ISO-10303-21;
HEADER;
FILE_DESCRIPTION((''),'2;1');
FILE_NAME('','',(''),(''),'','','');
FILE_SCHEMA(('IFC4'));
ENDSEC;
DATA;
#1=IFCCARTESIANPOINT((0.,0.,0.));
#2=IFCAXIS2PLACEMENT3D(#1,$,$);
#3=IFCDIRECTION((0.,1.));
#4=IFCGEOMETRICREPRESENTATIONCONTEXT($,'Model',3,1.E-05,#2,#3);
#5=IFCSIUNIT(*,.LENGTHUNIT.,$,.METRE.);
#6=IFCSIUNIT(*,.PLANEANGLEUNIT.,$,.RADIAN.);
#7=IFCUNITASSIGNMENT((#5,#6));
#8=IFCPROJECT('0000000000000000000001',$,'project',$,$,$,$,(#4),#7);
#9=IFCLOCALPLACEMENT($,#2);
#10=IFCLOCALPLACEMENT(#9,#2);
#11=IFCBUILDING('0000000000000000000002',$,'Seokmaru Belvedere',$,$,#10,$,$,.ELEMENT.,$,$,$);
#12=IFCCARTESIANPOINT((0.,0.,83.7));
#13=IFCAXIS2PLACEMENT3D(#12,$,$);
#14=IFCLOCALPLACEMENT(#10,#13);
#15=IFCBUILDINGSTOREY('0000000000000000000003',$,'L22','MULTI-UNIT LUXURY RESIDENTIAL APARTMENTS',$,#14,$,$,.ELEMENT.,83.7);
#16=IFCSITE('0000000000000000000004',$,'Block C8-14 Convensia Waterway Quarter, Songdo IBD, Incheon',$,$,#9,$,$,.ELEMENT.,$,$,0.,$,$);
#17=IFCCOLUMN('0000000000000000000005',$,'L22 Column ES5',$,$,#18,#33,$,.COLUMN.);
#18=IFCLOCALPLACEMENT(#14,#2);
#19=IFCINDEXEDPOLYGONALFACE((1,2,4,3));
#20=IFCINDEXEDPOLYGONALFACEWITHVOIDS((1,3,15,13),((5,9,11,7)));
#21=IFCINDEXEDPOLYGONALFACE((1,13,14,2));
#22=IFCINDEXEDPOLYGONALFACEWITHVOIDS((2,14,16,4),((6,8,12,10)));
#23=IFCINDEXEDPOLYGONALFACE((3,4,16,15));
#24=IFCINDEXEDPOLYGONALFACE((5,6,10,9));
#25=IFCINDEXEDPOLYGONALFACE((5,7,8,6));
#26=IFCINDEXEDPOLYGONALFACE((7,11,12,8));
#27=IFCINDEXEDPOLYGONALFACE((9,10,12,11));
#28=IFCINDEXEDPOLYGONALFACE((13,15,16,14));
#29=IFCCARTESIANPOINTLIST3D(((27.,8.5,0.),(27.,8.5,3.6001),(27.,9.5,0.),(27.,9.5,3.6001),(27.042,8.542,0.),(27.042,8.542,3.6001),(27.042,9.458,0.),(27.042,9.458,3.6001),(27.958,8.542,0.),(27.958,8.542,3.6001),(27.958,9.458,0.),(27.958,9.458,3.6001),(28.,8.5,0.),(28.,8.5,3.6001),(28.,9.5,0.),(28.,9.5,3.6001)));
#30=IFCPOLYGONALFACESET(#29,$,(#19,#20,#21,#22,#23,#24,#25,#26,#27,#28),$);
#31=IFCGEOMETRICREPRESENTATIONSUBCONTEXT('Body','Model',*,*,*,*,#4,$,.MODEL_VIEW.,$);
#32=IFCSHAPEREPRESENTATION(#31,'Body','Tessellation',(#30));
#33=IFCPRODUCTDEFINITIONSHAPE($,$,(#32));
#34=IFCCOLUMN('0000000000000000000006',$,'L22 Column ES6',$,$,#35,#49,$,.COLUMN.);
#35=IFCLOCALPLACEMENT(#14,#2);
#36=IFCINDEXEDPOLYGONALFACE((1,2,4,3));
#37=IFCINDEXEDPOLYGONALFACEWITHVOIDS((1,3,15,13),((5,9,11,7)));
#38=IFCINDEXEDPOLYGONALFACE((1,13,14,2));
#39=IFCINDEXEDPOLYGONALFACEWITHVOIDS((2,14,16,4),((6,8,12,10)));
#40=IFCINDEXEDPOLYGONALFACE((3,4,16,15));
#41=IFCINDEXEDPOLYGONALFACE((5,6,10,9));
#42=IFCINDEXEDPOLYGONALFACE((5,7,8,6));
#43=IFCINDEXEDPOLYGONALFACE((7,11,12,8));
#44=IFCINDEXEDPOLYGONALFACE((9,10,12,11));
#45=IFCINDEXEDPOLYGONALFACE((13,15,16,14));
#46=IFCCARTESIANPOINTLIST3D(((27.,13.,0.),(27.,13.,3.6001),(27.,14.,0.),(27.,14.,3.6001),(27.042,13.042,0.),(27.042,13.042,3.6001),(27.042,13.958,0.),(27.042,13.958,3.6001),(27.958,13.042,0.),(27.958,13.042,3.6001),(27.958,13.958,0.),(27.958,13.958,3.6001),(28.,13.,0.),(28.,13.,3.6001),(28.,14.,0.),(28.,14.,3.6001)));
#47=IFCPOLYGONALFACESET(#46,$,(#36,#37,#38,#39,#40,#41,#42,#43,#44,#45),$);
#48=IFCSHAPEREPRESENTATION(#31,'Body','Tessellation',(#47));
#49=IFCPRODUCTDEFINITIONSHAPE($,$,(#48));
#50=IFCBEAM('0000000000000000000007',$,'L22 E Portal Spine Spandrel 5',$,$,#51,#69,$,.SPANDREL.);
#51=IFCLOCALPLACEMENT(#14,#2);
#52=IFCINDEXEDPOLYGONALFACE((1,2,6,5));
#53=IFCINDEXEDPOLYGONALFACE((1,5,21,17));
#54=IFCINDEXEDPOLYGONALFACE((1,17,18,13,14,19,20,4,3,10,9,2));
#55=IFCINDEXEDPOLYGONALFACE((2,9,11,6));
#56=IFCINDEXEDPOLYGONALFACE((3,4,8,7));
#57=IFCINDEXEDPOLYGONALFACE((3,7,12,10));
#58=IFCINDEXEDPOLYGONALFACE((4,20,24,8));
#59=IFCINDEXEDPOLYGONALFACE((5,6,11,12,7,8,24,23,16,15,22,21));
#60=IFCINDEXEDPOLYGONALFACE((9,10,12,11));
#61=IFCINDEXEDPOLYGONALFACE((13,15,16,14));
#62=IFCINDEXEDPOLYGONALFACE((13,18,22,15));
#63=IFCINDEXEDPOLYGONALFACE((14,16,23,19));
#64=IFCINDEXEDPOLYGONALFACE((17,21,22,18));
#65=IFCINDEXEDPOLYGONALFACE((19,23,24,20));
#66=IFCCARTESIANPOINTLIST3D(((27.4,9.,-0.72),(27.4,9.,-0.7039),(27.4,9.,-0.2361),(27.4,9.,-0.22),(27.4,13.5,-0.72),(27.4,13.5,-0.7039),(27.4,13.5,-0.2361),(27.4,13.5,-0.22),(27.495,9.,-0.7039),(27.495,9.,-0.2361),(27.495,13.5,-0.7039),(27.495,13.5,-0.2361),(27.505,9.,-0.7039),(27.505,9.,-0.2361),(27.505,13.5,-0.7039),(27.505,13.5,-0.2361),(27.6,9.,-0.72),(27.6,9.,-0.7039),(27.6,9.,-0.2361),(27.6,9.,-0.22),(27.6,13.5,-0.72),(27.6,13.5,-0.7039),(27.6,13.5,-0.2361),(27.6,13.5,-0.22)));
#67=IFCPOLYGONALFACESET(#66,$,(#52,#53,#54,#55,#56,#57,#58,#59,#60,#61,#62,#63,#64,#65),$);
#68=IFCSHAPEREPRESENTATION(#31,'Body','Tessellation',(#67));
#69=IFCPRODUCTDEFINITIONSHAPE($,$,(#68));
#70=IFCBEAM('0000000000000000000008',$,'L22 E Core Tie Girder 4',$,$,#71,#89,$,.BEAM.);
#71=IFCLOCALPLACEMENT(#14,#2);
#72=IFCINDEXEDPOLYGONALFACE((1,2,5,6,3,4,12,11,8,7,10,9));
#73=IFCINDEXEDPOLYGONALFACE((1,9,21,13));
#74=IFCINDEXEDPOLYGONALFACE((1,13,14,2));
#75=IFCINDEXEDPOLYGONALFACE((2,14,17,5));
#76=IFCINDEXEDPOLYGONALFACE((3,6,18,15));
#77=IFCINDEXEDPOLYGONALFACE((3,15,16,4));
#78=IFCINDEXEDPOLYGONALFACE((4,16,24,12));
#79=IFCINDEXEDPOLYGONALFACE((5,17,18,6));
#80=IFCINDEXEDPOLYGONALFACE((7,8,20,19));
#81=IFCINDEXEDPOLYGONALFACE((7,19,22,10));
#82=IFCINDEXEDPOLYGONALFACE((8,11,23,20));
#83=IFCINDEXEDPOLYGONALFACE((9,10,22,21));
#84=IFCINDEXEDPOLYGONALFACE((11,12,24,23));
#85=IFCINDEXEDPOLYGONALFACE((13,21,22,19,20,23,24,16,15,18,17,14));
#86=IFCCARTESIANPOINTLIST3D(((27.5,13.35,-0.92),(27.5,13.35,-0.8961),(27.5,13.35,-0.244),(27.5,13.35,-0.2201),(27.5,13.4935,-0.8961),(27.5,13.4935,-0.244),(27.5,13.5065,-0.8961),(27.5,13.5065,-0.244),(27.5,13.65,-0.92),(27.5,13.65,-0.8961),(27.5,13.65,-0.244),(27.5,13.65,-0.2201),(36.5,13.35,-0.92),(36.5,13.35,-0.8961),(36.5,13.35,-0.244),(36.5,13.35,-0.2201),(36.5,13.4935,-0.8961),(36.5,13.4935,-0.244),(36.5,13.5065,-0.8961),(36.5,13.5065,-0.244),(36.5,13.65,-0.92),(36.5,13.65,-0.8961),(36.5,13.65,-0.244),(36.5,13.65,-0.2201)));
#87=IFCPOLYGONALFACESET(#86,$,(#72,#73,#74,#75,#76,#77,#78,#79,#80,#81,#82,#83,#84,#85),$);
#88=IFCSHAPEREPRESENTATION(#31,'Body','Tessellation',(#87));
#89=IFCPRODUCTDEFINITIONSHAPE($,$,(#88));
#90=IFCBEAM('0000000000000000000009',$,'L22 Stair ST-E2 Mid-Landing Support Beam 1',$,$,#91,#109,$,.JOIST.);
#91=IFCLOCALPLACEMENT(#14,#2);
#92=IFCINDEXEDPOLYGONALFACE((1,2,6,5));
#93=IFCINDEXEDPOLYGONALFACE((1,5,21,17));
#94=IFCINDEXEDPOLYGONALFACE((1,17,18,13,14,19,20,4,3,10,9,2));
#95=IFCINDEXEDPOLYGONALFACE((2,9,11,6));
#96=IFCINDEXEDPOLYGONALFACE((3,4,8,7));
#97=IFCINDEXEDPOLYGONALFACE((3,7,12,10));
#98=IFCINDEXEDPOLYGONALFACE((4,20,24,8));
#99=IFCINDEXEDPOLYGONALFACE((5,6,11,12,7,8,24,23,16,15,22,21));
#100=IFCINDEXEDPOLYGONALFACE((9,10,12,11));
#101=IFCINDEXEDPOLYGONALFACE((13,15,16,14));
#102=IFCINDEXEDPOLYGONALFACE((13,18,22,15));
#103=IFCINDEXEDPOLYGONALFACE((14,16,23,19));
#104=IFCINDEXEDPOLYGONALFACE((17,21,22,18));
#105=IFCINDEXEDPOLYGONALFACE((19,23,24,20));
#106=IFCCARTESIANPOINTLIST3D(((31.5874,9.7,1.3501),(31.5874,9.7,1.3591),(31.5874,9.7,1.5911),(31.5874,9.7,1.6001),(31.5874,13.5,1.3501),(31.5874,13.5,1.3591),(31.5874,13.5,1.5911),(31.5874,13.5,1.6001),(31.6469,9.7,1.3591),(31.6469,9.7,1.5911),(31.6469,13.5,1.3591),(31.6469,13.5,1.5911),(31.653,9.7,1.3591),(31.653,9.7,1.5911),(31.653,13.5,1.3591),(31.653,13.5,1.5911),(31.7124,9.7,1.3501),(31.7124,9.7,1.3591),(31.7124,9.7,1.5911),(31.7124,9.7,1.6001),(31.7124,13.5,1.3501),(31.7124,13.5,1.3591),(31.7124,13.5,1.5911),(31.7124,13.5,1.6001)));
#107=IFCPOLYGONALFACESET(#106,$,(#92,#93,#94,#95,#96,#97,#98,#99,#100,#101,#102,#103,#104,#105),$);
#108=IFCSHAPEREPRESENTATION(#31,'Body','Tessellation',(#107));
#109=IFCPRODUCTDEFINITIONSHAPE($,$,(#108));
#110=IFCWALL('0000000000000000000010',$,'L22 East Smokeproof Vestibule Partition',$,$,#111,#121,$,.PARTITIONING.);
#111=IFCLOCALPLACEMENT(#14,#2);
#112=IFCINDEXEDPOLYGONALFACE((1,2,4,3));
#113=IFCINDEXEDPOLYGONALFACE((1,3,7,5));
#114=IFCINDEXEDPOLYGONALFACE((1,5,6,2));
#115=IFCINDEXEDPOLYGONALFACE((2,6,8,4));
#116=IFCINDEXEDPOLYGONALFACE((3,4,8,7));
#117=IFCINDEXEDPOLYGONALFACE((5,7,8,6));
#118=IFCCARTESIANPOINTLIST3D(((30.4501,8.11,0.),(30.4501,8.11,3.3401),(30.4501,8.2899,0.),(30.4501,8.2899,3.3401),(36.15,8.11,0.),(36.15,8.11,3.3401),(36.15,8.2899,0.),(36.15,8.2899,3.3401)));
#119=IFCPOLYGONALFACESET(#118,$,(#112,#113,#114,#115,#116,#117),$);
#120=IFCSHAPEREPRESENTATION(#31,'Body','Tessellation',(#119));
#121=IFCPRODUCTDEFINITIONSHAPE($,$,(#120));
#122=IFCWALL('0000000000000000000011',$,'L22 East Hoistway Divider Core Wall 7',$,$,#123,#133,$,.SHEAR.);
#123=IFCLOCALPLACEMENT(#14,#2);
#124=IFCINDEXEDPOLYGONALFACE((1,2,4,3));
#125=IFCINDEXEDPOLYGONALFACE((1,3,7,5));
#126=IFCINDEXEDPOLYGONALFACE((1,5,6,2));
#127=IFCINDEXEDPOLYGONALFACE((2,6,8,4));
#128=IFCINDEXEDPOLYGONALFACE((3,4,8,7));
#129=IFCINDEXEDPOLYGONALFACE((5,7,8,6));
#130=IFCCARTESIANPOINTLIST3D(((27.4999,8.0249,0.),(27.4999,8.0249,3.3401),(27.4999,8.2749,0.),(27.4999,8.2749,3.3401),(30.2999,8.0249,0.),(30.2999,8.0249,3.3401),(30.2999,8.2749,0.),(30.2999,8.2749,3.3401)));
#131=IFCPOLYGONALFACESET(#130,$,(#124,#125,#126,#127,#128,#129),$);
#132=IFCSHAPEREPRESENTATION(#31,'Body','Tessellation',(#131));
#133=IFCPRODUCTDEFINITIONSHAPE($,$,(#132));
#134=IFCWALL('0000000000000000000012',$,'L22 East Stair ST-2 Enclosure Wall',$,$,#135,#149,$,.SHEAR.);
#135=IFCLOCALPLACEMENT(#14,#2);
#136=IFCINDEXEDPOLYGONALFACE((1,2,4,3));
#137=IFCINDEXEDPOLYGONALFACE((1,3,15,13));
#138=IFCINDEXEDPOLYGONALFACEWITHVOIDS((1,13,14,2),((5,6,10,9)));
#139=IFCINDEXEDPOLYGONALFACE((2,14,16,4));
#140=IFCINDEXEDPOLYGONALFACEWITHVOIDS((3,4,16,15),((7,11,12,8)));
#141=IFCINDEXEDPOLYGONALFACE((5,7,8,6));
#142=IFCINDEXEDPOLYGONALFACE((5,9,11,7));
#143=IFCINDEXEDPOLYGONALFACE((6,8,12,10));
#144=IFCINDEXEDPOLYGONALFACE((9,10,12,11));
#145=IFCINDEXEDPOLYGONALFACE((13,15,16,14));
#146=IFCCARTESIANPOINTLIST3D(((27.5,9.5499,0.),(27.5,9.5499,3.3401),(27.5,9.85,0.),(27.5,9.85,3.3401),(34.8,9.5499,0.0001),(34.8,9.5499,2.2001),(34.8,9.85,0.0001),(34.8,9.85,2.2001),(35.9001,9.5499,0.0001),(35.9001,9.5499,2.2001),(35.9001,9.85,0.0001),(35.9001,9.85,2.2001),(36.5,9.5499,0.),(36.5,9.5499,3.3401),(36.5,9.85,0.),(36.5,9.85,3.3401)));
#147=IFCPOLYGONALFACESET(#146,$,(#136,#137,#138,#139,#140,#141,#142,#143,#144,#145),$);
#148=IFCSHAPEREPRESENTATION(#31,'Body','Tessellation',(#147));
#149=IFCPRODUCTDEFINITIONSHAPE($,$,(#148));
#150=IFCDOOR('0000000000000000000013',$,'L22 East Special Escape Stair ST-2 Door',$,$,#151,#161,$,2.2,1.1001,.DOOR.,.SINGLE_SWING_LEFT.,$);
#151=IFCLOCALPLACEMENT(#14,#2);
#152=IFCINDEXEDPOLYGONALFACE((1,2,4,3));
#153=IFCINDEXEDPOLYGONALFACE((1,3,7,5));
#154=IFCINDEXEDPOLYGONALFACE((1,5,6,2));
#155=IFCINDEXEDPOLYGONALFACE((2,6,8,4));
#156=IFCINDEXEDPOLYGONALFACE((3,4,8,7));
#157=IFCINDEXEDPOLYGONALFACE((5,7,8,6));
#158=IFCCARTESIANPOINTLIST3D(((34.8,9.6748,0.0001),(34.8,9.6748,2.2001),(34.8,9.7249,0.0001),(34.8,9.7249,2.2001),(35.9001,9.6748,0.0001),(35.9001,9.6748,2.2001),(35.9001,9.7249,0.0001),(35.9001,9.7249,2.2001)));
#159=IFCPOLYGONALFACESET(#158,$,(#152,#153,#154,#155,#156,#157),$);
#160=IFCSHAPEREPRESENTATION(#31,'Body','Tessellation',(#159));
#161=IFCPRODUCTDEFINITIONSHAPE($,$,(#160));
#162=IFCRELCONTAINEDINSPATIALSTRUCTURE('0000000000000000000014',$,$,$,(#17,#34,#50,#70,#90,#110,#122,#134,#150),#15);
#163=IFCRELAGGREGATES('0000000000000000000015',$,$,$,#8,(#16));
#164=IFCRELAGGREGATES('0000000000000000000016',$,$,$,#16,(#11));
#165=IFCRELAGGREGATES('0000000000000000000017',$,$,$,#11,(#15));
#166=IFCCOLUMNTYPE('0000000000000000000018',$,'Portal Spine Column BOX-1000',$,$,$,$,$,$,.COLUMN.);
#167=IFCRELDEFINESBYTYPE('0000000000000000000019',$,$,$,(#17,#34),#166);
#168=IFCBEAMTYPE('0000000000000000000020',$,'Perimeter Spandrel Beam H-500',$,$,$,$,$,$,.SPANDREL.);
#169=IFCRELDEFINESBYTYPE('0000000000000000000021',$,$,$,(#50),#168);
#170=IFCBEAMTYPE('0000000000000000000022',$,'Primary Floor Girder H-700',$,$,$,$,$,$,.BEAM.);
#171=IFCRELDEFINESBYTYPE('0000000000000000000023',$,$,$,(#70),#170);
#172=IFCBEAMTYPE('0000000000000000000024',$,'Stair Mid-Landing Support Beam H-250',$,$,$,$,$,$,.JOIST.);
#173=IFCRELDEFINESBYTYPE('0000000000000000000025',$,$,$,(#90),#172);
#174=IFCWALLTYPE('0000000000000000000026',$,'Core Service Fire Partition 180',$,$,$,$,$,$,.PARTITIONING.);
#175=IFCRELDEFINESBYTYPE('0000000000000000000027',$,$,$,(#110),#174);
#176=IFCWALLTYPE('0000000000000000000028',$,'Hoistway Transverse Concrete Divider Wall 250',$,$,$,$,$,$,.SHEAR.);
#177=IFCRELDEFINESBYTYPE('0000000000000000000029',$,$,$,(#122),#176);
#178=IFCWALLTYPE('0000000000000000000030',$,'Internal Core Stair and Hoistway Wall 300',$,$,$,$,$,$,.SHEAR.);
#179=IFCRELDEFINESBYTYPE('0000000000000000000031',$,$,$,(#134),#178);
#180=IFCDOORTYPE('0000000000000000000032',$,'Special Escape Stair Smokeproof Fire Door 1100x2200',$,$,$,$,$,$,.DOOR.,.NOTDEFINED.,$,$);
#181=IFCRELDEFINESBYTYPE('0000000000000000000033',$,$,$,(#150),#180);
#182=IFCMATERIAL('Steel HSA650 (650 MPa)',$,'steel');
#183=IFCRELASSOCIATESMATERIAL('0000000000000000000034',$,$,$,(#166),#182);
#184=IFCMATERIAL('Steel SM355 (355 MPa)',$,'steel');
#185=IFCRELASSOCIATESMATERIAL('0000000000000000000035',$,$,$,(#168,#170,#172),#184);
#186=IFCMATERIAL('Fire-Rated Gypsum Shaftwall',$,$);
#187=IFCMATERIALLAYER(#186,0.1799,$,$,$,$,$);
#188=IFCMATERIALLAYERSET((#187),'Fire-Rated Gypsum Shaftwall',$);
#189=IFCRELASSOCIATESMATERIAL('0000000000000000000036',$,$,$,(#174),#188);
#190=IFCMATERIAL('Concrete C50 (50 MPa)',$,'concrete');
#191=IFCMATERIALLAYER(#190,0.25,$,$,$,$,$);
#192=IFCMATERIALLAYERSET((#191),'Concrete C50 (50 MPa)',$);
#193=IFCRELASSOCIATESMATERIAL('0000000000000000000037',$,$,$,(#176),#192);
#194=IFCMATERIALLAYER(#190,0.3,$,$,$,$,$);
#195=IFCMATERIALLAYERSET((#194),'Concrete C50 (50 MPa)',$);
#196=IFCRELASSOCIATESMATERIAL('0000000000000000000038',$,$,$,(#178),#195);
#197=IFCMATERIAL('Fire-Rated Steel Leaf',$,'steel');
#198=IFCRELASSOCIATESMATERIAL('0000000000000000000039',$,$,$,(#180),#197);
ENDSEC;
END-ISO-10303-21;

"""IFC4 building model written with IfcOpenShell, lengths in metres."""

from ifc_helpers import new_model, si_unit, direction, frame, frame_2d, origin, origin_2d, place, context, subcontext, project, spatial, rectangle, hollow_rectangle, i_section, extrude, source, transform, mapped, material, layer, layer_set, material_profile, profile_set, type_object, type_shapes, element, fill, save


model = new_model("IFC4")

# Units and contexts
model_context = context("Model", 3, precision=1e-05, world=origin(), true_north=direction((0.0, 1.0)))
body_context = subcontext(model_context, "Body", "Model", "MODEL_VIEW")
ifc_project = project(units=[si_unit("LENGTHUNIT", "METRE"), si_unit("PLANEANGLEUNIT", "RADIAN")], contexts=[model_context])

# Site, building, storey
site_placement = place(None, origin())
site = spatial("IfcSite", under=ifc_project, at=site_placement, Name="Block C8-14 Convensia Waterway Quarter, Songdo IBD, Incheon", CompositionType="ELEMENT", RefElevation=0.0)
building_placement = place(site_placement, origin())
building = spatial("IfcBuilding", under=site, at=building_placement, Name="Seokmaru Belvedere", CompositionType="ELEMENT")
storey_placement = place(building_placement, frame((0.0, 0.0, 83.7)))
storey = spatial("IfcBuildingStorey", under=building, at=storey_placement, Name="L22", Description="MULTI-UNIT LUXURY RESIDENTIAL APARTMENTS", CompositionType="ELEMENT", Elevation=83.7)

# Columns
ifc_material_1 = material(Name="Steel HSA650 (650 MPa)", Category="steel")
ifc_material_profile_1 = material_profile(ifc_material_1, hollow_rectangle(XDim=1.0, YDim=1.0, WallThickness=0.042, at=origin_2d()), Name="BOX-1000x1000x42")
ifc_profile_set_1 = profile_set([ifc_material_profile_1], Name="Steel HSA650 (650 MPa)")
column_type = type_object("IfcColumnType", Name="Portal Spine Column BOX-1000", PredefinedType="COLUMN", material=ifc_profile_set_1)
shared_shape_1 = source(origin(), body_context, "Body", "SweptSolid", [
    extrude(hollow_rectangle(XDim=1.0, YDim=1.0, WallThickness=0.042, at=origin_2d()), origin(), (0.0, 0.0, 1.0), 3.6001),
])
type_shapes(column_type, [shared_shape_1])
for number, where, z_axis, x_axis, name in (
    (1, (27.5, 9.0, 0.0), (0.0, 0.0, 1.0), (1.0, 0.0, 0.0), "L22 Column ES5"),
    (2, (27.5, 13.5, 0.0), (0.0, 0.0, 1.0), (1.0, 0.0, 0.0), "L22 Column ES6"),
):
    element("IfcColumn", number, at=place(storey_placement, frame(where, z_axis=z_axis, x_axis=x_axis)), inside=storey, type_object=column_type, Name=name, PredefinedType="COLUMN", context=body_context, shape_type="MappedRepresentation", body=[
        mapped(shared_shape_1, transform((0.0, 0.0, 0.0), scale=1.0)),
    ])

# Beams
ifc_material_2 = material(Name="Steel SM355 (355 MPa)", Category="steel")
ifc_material_profile_2 = material_profile(ifc_material_2, i_section(OverallWidth=0.2, OverallDepth=0.5, WebThickness=0.01, FlangeThickness=0.0161, at=origin_2d()), Name="H-500x200x10x16")
ifc_profile_set_2 = profile_set([ifc_material_profile_2], Name="Steel SM355 (355 MPa)")
beam_type_1 = type_object("IfcBeamType", Name="Perimeter Spandrel Beam H-500", PredefinedType="SPANDREL", material=ifc_profile_set_2)
shared_shape_2 = source(origin(), body_context, "Body", "SweptSolid", [
    extrude(i_section(OverallWidth=0.2, OverallDepth=0.5, WebThickness=0.01, FlangeThickness=0.0161, at=origin_2d()), origin(), (0.0, 0.0, 1.0), 4.5),
])
type_shapes(beam_type_1, [shared_shape_2])
beam_1_placement = place(storey_placement, frame((27.5, 9.0, -0.47), z_axis=(0.0, 1.0, 0.0), x_axis=(-1.0, 0.0, 0.0)))
element("IfcBeam", 3, at=beam_1_placement, inside=storey, type_object=beam_type_1, Name="L22 E Portal Spine Spandrel 5", PredefinedType="SPANDREL", context=body_context, shape_type="MappedRepresentation", body=[
    mapped(shared_shape_2, transform((0.0, 0.0, 0.0), scale=1.0)),
])
ifc_material_profile_3 = material_profile(ifc_material_2, i_section(OverallWidth=0.3, OverallDepth=0.7, WebThickness=0.0129, FlangeThickness=0.0239, at=origin_2d()), Name="H-700x300x13x24")
ifc_profile_set_3 = profile_set([ifc_material_profile_3], Name="Steel SM355 (355 MPa)")
beam_type_2 = type_object("IfcBeamType", Name="Primary Floor Girder H-700", PredefinedType="BEAM", material=ifc_profile_set_3)
shared_shape_3 = source(origin(), body_context, "Body", "SweptSolid", [
    extrude(i_section(OverallWidth=0.3, OverallDepth=0.7, WebThickness=0.0129, FlangeThickness=0.0239, at=origin_2d()), origin(), (0.0, 0.0, 1.0), 9.0),
])
type_shapes(beam_type_2, [shared_shape_3])
beam_2_placement = place(storey_placement, frame((27.5, 13.5, -0.5701), z_axis=(1.0, 0.0, 0.0), x_axis=(0.0, 1.0, 0.0)))
element("IfcBeam", 4, at=beam_2_placement, inside=storey, type_object=beam_type_2, Name="L22 E Core Tie Girder 4", PredefinedType="BEAM", context=body_context, shape_type="MappedRepresentation", body=[
    mapped(shared_shape_3, transform((0.0, 0.0, 0.0), scale=1.0)),
])
ifc_material_profile_4 = material_profile(ifc_material_2, i_section(OverallWidth=0.125, OverallDepth=0.25, WebThickness=0.0061, FlangeThickness=0.009, at=origin_2d()), Name="H-250x125x6x9")
ifc_profile_set_4 = profile_set([ifc_material_profile_4], Name="Steel SM355 (355 MPa)")
beam_type_3 = type_object("IfcBeamType", Name="Stair Mid-Landing Support Beam H-250", PredefinedType="JOIST", material=ifc_profile_set_4)
shared_shape_4 = source(origin(), body_context, "Body", "SweptSolid", [
    extrude(i_section(OverallWidth=0.125, OverallDepth=0.25, WebThickness=0.0061, FlangeThickness=0.009, at=origin_2d()), origin(), (0.0, 0.0, 1.0), 3.8),
])
type_shapes(beam_type_3, [shared_shape_4])
beam_3_placement = place(storey_placement, frame((31.6499, 9.7, 1.4751), z_axis=(0.0, 1.0, 0.0), x_axis=(-1.0, 0.0, 0.0)))
element("IfcBeam", 5, at=beam_3_placement, inside=storey, type_object=beam_type_3, Name="L22 Stair ST-E2 Mid-Landing Support Beam 1", PredefinedType="JOIST", context=body_context, shape_type="MappedRepresentation", body=[
    mapped(shared_shape_4, transform((0.0, 0.0, 0.0), scale=1.0)),
])

# Shared definitions
ifc_material_3 = material(Name="Fire-Rated Gypsum Shaftwall")

# Walls
ifc_layer_1 = layer(ifc_material_3, 0.1799)
ifc_layer_set_1 = layer_set([ifc_layer_1], Name="Fire-Rated Gypsum Shaftwall")
wall_type_1 = type_object("IfcWallType", Name="Core Service Fire Partition 180", PredefinedType="PARTITIONING", material=ifc_layer_set_1)
wall_1_placement = place(storey_placement, frame((30.45, 8.2, 0.0), z_axis=(0.0, 0.0, 1.0), x_axis=(1.0, 0.0, 0.0)))
element("IfcWall", 6, at=wall_1_placement, inside=storey, type_object=wall_type_1, Name="L22 East Smokeproof Vestibule Partition", PredefinedType="PARTITIONING", context=body_context, shape_type="SweptSolid", body=[
    extrude(rectangle(XDim=5.7, YDim=0.1799, at=frame_2d((2.8501, 0.0))), origin(), (0.0, 0.0, 1.0), 3.3401),
])
ifc_material_4 = material(Name="Concrete C50 (50 MPa)", Category="concrete")
ifc_layer_2 = layer(ifc_material_4, 0.25)
ifc_layer_set_2 = layer_set([ifc_layer_2], Name="Concrete C50 (50 MPa)")
wall_type_2 = type_object("IfcWallType", Name="Hoistway Transverse Concrete Divider Wall 250", PredefinedType="SHEAR", material=ifc_layer_set_2)
wall_2_placement = place(storey_placement, frame((27.5, 8.1499, 0.0), z_axis=(0.0, 0.0, 1.0), x_axis=(1.0, 0.0, 0.0)))
element("IfcWall", 7, at=wall_2_placement, inside=storey, type_object=wall_type_2, Name="L22 East Hoistway Divider Core Wall 7", PredefinedType="SHEAR", context=body_context, shape_type="SweptSolid", body=[
    extrude(rectangle(XDim=2.8, YDim=0.25, at=frame_2d((1.3999, 0.0))), origin(), (0.0, 0.0, 1.0), 3.3401),
])

# Wall, opening, door
ifc_layer_3 = layer(ifc_material_4, 0.3)
ifc_layer_set_3 = layer_set([ifc_layer_3], Name="Concrete C50 (50 MPa)")
wall_type_3 = type_object("IfcWallType", Name="Internal Core Stair and Hoistway Wall 300", PredefinedType="SHEAR", material=ifc_layer_set_3)
wall_3_placement = place(storey_placement, frame((27.5, 9.7, 0.0), z_axis=(0.0, 0.0, 1.0), x_axis=(1.0, 0.0, 0.0)))
wall_3 = element("IfcWall", 8, at=wall_3_placement, inside=storey, type_object=wall_type_3, Name="L22 East Stair ST-2 Enclosure Wall", PredefinedType="SHEAR", context=body_context, shape_type="SweptSolid", body=[
    extrude(rectangle(XDim=9.0, YDim=0.3, at=frame_2d((4.5, 0.0))), origin(), (0.0, 0.0, 1.0), 3.3401),
])
opening_1_placement = place(wall_3_placement, frame((7.3, 0.0, 0.0)))
opening_1 = element("IfcOpeningElement", 9, at=opening_1_placement, cuts=wall_3, PredefinedType="OPENING", context=body_context, shape_type="SweptSolid", body=[
    extrude(rectangle(XDim=1.1001, YDim=2.2, at=frame_2d((0.55, 1.1001))), frame((0.0, 0.1602, 0.0), z_axis=(0.0, -1.0, 0.0), x_axis=(1.0, 0.0, 0.0)), (0.0, 0.0, 1.0), 0.3201),
])
ifc_material_5 = material(Name="Fire-Rated Steel Leaf", Category="steel")
door_type_1 = type_object("IfcDoorType", Name="Special Escape Stair Smokeproof Fire Door 1100x2200", OperationType="NOTDEFINED", PredefinedType="DOOR", material=ifc_material_5)
shared_shape_5 = source(origin(), body_context, "Body", "SweptSolid", [
    extrude(rectangle(XDim=1.1001, YDim=2.2, at=frame_2d((0.55, 1.1001))), frame((0.0, 0.0249, 0.0), z_axis=(0.0, -1.0, 0.0), x_axis=(1.0, 0.0, 0.0)), (0.0, 0.0, 1.0), 0.05),
])
type_shapes(door_type_1, [shared_shape_5])
door_1_placement = place(opening_1_placement, origin())
door_1 = element("IfcDoor", 10, at=door_1_placement, inside=storey, type_object=door_type_1, Name="L22 East Special Escape Stair ST-2 Door", OperationType="SINGLE_SWING_LEFT", OverallHeight=2.2, OverallWidth=1.1001, PredefinedType="DOOR", context=body_context, shape_type="MappedRepresentation", body=[
    mapped(shared_shape_5, transform((0.0, 0.0, 0.0), scale=1.0)),
])
fill(opening_1, door_1)

save(model, "model.ifc")
